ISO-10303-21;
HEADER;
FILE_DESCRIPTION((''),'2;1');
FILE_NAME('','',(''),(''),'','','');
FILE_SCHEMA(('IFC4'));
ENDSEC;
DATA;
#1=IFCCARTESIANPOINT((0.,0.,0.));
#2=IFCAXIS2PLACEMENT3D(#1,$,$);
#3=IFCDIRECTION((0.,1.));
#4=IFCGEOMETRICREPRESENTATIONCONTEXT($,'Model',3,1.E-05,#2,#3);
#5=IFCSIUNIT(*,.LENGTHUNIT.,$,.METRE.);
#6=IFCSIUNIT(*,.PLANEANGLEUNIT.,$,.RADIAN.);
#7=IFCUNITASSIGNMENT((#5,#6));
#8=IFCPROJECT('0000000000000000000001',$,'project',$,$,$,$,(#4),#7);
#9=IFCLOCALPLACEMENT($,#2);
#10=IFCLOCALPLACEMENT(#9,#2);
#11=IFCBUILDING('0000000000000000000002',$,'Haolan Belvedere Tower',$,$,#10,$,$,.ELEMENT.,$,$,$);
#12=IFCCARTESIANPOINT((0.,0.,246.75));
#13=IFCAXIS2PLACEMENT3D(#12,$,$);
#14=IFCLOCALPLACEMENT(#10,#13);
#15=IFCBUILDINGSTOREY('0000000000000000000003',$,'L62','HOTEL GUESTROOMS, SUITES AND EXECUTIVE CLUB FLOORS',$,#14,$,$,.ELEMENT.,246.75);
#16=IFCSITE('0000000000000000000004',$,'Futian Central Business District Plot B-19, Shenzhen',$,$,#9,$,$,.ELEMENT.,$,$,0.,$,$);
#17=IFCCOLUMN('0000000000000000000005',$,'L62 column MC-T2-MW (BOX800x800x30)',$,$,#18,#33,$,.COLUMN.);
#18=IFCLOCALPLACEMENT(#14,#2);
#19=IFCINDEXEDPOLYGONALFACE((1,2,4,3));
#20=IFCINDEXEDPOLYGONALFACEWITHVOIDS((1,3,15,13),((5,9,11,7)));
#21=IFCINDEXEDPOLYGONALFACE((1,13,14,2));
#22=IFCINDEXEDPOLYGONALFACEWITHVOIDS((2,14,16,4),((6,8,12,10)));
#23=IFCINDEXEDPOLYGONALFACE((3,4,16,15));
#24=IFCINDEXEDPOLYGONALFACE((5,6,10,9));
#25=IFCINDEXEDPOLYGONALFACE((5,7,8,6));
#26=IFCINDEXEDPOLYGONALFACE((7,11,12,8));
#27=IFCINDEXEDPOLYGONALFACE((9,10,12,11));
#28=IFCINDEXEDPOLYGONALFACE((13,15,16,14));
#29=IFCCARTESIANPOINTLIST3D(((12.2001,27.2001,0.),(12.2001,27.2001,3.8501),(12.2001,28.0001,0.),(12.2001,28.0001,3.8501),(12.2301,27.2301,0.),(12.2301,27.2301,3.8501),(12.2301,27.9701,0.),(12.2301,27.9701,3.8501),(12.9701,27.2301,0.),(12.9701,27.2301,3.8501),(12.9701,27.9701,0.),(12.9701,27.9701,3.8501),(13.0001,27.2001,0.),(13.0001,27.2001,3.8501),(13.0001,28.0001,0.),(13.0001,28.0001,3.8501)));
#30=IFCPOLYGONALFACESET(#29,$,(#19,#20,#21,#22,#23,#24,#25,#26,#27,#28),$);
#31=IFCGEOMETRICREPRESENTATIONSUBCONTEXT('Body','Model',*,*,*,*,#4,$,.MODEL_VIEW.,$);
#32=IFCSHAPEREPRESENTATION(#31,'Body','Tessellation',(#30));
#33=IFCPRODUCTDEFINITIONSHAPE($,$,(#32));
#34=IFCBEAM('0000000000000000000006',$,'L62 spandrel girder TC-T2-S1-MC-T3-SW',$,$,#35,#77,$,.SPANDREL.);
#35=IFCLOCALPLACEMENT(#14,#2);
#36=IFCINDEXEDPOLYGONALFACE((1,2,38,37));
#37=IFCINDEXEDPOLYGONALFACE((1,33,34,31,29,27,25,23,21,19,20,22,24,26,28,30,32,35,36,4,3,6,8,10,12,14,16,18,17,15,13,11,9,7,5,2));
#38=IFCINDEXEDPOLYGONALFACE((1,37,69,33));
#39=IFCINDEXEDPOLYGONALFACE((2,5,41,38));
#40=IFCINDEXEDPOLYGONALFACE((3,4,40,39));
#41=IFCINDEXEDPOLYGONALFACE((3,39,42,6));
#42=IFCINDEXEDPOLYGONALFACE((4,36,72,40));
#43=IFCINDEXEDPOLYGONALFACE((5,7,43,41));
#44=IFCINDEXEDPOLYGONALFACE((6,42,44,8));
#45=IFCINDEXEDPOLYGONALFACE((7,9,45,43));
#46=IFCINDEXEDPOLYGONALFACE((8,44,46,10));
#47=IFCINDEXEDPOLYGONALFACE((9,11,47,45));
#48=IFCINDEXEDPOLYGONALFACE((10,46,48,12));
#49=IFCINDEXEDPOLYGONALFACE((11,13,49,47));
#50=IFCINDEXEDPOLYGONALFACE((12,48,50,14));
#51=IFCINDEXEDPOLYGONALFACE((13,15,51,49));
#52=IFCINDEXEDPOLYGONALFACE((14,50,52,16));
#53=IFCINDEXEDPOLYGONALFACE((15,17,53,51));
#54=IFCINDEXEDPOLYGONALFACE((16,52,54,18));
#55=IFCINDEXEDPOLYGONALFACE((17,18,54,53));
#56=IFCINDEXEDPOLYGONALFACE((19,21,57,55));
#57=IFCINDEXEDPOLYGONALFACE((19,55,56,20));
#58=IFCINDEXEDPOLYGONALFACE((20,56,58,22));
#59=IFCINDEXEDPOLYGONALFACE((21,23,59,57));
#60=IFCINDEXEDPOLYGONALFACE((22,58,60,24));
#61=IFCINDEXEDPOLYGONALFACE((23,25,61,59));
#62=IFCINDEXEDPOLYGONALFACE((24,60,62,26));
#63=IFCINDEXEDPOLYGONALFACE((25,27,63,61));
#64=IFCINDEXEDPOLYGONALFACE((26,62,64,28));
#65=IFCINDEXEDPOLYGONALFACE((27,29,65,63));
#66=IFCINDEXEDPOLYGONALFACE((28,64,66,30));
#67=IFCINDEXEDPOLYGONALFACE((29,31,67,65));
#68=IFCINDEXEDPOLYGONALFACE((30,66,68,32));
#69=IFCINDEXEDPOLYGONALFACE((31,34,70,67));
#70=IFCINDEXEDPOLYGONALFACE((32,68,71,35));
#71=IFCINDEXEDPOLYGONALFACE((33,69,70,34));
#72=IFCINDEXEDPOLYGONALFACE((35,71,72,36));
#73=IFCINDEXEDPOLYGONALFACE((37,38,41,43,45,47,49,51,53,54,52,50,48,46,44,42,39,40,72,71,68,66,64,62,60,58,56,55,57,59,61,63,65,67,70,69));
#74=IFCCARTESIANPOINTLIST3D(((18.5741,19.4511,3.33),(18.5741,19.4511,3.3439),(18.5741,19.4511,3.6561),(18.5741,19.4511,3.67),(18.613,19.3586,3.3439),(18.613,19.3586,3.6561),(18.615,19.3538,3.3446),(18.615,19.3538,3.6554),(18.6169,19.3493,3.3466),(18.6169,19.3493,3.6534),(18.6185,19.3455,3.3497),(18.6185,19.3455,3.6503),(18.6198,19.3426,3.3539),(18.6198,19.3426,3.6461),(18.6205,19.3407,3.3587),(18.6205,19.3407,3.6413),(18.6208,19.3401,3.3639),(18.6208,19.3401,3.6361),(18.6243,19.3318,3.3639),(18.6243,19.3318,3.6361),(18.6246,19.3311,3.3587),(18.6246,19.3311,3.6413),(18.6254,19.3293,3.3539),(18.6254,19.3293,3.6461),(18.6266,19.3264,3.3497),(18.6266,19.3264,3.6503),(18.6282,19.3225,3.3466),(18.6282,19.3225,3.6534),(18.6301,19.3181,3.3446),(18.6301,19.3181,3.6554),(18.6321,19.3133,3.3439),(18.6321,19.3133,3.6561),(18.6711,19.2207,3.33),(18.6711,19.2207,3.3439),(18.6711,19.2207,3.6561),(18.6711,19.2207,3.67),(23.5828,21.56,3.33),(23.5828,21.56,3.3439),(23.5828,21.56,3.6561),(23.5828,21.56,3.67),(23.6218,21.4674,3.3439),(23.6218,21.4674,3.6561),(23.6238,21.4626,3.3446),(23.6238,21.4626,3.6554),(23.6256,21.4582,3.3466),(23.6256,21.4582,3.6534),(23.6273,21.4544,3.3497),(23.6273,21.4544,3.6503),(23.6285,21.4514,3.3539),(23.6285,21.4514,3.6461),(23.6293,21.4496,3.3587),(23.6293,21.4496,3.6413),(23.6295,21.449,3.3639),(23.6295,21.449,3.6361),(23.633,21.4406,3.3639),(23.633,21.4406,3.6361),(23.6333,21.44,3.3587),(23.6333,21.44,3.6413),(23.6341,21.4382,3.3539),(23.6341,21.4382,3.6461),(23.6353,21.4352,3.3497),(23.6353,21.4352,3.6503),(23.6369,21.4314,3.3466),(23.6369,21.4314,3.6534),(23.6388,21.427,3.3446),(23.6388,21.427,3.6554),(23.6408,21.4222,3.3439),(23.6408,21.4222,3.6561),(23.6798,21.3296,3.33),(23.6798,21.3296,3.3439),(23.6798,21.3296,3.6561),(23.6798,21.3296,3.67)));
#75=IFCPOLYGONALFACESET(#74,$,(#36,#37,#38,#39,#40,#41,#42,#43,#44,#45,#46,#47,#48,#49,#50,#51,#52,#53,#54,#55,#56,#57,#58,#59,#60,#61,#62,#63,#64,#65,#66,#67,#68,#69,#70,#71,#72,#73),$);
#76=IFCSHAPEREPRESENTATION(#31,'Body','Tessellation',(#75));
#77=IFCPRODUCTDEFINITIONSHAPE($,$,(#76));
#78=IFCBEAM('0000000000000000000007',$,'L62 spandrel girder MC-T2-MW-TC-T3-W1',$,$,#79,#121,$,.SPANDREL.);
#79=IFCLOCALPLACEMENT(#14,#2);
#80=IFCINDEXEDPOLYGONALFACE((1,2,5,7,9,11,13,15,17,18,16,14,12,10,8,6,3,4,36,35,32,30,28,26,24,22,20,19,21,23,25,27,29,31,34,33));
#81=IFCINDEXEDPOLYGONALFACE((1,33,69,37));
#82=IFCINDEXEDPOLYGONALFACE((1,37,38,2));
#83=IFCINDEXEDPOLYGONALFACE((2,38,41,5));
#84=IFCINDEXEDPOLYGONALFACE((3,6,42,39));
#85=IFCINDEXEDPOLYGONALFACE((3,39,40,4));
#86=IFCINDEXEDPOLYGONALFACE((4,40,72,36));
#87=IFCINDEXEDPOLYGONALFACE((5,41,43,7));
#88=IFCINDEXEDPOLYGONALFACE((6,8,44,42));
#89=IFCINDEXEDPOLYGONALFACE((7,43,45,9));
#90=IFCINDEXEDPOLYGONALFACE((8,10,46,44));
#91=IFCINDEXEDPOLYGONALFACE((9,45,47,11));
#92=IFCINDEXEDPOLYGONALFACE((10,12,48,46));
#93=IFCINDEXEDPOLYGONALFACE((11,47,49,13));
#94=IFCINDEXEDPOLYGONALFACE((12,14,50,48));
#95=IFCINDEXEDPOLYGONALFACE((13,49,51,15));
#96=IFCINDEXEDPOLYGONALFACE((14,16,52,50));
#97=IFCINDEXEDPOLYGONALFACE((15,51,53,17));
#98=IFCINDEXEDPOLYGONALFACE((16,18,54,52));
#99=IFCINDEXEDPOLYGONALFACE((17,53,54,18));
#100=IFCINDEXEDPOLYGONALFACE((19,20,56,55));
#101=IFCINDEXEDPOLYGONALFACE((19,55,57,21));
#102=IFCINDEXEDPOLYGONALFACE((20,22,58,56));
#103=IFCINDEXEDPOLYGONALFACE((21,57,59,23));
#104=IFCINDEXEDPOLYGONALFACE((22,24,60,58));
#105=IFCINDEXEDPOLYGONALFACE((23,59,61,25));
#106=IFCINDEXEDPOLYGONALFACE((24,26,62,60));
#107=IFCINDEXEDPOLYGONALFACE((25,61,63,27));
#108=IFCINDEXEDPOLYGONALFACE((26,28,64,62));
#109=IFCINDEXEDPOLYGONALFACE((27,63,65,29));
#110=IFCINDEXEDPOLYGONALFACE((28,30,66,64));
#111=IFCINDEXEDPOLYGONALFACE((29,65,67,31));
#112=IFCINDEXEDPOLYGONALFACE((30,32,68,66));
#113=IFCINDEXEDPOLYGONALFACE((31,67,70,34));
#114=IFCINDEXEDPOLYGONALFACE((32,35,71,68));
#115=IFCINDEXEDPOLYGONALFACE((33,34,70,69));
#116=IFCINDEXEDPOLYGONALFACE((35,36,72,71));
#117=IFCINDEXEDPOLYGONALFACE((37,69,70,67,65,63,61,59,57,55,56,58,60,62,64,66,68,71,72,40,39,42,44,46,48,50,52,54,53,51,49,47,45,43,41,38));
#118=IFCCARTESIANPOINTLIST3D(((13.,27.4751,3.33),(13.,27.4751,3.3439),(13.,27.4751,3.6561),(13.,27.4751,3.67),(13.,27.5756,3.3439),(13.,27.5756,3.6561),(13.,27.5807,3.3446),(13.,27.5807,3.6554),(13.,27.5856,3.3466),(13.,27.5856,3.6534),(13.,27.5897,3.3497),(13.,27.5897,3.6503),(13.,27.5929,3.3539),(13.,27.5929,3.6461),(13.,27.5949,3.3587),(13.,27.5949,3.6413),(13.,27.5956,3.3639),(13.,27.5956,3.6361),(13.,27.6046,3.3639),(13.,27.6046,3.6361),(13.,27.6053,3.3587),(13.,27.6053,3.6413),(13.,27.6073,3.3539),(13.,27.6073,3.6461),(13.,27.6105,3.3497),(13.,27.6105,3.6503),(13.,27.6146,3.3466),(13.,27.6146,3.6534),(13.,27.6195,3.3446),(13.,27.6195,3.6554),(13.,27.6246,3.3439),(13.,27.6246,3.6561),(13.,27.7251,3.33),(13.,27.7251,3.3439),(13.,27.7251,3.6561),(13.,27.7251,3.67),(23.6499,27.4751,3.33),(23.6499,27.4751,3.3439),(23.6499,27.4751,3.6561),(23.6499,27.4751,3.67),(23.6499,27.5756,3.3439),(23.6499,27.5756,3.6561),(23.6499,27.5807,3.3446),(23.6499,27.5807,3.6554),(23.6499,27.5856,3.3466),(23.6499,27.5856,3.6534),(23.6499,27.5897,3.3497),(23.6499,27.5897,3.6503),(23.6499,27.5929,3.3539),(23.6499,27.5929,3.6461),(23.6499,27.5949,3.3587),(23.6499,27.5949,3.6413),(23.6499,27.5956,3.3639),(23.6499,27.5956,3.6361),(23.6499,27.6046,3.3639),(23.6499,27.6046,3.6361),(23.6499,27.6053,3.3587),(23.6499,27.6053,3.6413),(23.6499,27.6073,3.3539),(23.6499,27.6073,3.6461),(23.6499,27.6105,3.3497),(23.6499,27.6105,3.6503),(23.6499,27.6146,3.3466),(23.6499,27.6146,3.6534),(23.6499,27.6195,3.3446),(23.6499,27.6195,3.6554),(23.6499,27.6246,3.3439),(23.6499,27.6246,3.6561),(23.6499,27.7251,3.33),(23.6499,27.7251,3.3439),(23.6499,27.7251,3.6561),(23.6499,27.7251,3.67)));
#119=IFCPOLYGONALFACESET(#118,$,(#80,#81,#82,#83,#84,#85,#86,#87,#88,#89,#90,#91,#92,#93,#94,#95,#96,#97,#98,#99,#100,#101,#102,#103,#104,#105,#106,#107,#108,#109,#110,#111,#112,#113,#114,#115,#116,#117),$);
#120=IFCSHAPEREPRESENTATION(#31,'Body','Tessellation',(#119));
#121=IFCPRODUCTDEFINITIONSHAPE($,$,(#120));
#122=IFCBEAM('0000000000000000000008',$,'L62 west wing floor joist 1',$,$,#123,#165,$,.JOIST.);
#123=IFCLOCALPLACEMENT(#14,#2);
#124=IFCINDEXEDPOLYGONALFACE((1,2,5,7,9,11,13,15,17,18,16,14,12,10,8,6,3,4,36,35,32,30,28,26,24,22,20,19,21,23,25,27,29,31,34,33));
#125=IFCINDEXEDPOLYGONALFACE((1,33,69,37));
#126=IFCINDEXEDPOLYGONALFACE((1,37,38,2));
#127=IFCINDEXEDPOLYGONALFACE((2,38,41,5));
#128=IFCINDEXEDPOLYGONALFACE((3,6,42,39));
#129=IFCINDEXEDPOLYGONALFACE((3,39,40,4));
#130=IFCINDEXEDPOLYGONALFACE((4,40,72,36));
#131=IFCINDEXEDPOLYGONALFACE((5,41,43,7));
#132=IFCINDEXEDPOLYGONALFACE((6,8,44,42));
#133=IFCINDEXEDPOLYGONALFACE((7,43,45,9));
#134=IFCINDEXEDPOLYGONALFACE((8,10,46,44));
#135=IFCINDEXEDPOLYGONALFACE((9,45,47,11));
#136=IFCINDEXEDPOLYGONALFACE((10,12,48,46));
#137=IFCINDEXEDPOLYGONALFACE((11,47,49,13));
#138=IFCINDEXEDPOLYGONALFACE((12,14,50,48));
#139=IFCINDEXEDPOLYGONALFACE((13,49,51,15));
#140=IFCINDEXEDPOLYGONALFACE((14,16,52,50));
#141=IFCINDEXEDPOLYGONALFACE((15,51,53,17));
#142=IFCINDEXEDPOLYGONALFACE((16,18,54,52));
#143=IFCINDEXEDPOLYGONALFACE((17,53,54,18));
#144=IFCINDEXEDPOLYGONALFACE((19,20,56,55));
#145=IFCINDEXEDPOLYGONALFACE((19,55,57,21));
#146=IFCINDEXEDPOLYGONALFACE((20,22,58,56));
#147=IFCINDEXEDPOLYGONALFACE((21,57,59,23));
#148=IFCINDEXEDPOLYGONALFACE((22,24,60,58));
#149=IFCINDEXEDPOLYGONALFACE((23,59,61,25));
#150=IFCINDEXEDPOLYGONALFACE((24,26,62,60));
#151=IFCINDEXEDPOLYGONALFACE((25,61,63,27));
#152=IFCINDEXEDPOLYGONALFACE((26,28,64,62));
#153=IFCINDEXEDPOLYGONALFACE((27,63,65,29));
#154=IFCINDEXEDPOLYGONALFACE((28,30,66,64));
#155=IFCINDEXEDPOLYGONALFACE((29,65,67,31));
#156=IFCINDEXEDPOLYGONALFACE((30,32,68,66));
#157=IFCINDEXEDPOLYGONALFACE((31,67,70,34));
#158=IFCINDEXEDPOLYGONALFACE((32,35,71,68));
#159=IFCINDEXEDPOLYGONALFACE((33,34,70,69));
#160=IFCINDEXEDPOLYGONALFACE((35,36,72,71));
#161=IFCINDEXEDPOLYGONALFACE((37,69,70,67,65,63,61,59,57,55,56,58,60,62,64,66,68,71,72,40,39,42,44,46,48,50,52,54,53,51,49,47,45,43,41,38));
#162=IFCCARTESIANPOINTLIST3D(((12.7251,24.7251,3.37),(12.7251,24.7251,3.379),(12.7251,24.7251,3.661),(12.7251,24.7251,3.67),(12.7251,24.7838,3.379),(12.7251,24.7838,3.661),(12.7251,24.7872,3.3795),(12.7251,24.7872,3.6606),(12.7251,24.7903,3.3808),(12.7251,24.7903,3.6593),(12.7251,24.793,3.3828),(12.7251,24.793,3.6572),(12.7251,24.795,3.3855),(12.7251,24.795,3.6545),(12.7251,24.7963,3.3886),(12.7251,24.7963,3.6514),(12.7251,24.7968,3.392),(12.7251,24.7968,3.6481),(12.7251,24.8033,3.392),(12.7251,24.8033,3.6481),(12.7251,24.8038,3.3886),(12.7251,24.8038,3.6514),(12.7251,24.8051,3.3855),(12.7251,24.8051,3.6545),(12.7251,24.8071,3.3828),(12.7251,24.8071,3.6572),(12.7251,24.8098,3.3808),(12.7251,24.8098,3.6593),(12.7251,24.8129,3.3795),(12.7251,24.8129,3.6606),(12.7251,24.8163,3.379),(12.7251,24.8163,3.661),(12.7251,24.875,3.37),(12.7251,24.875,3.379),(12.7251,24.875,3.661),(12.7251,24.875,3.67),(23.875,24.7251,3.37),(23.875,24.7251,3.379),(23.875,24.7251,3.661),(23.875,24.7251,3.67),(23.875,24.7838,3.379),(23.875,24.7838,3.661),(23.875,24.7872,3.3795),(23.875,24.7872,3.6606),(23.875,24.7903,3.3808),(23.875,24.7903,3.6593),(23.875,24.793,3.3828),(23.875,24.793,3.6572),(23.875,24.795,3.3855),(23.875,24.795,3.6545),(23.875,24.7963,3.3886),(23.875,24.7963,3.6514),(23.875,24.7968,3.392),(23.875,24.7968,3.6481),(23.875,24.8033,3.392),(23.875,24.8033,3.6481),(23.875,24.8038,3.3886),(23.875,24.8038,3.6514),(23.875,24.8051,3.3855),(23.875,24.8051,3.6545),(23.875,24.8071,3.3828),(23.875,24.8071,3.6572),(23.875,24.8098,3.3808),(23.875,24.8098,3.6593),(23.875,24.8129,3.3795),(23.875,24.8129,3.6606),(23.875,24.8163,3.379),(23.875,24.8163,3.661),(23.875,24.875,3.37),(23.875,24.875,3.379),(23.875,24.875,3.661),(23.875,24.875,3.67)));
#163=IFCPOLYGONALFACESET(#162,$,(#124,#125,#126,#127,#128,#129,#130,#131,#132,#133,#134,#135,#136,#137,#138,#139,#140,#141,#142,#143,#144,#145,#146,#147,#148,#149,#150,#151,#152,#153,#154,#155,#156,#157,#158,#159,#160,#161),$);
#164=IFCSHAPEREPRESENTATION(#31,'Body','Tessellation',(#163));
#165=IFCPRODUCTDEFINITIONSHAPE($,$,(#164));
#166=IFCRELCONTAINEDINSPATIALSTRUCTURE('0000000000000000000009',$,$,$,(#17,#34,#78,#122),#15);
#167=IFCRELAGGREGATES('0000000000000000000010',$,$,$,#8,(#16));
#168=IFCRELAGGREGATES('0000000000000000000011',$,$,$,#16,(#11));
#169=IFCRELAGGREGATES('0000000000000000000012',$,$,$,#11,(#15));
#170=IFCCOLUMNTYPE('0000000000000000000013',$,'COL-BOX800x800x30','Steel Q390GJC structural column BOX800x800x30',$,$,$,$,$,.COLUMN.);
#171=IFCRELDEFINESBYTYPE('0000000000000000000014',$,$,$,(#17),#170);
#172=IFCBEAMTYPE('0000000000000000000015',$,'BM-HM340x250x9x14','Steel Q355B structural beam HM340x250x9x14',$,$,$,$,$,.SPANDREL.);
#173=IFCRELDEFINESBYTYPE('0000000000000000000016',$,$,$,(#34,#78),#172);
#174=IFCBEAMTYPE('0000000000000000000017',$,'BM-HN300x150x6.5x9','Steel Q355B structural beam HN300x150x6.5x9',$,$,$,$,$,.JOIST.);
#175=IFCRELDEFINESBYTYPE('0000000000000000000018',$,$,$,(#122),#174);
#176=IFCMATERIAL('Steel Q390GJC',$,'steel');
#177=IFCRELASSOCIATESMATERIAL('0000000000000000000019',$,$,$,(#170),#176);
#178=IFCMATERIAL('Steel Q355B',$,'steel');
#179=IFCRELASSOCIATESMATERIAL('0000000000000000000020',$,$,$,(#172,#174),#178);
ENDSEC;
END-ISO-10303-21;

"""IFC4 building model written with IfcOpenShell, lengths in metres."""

from ifc_helpers import new_model, si_unit, direction, frame, origin, origin_2d, place, context, subcontext, project, spatial, hollow_rectangle, i_section, extrude, material, material_profile, profile_set, type_object, element, save


model = new_model("IFC4")

# Units and contexts
model_context = context("Model", 3, precision=1e-05, world=origin(), true_north=direction((0.0, 1.0)))
body_context = subcontext(model_context, "Body", "Model", "MODEL_VIEW")
ifc_project = project(units=[si_unit("LENGTHUNIT", "METRE"), si_unit("PLANEANGLEUNIT", "RADIAN")], contexts=[model_context])

# Site, building, storey
site_placement = place(None, origin())
site = spatial("IfcSite", under=ifc_project, at=site_placement, Name="Futian Central Business District Plot B-19, Shenzhen", CompositionType="ELEMENT", RefElevation=0.0)
building_placement = place(site_placement, origin())
building = spatial("IfcBuilding", under=site, at=building_placement, Name="Haolan Belvedere Tower", CompositionType="ELEMENT")
storey_placement = place(building_placement, frame((0.0, 0.0, 246.75)))
storey = spatial("IfcBuildingStorey", under=building, at=storey_placement, Name="L62", Description="HOTEL GUESTROOMS, SUITES AND EXECUTIVE CLUB FLOORS", CompositionType="ELEMENT", Elevation=246.75)

# Column
ifc_material_1 = material(Name="Steel Q390GJC", Category="steel")
ifc_material_profile_1 = material_profile(ifc_material_1, hollow_rectangle(XDim=0.8, YDim=0.8, WallThickness=0.03, at=origin_2d()), Name="Steel Q390GJC")
ifc_profile_set_1 = profile_set([ifc_material_profile_1], Name="Steel Q390GJC")
column_type = type_object("IfcColumnType", Name="COL-BOX800x800x30", Description="Steel Q390GJC structural column BOX800x800x30", PredefinedType="COLUMN", material=ifc_profile_set_1)
column_placement = place(storey_placement, frame((12.6001, 27.6001, 0.0), z_axis=(0.0, 0.0, 1.0), x_axis=(1.0, 0.0, 0.0)))
element("IfcColumn", 1, at=column_placement, inside=storey, type_object=column_type, Name="L62 column MC-T2-MW (BOX800x800x30)", PredefinedType="COLUMN", context=body_context, shape_type="SweptSolid", body=[
    extrude(hollow_rectangle(XDim=0.8, YDim=0.8, WallThickness=0.03, at=origin_2d()), origin(), (0.0, 0.0, 1.0), 3.8501),
])

# Beams
ifc_material_2 = material(Name="Steel Q355B", Category="steel")
ifc_material_profile_2 = material_profile(ifc_material_2, i_section(OverallWidth=0.25, OverallDepth=0.3401, WebThickness=0.009, FlangeThickness=0.0139, FilletRadius=0.02, at=origin_2d()), Name="Steel Q355B")
ifc_profile_set_2 = profile_set([ifc_material_profile_2], Name="Steel Q355B")
beam_type_1 = type_object("IfcBeamType", Name="BM-HM340x250x9x14", Description="Steel Q355B structural beam HM340x250x9x14", PredefinedType="SPANDREL", material=ifc_profile_set_2)
beam_1_placement = place(storey_placement, frame((18.6226, 19.3359, 3.5), z_axis=(0.92164, 0.388045, 0.0), x_axis=(-0.388045, 0.92164, 0.0)))
element("IfcBeam", 2, at=beam_1_placement, inside=storey, type_object=beam_type_1, Name="L62 spandrel girder TC-T2-S1-MC-T3-SW", PredefinedType="SPANDREL", context=body_context, shape_type="SweptSolid", body=[
    extrude(i_section(OverallWidth=0.25, OverallDepth=0.3401, WebThickness=0.009, FlangeThickness=0.0139, FilletRadius=0.02, at=origin_2d()), origin(), (0.0, 0.0, 1.0), 5.4346),
])
beam_2_placement = place(storey_placement, frame((13.0, 27.6001, 3.5), z_axis=(1.0, 0.0, 0.0), x_axis=(0.0, 1.0, 0.0)))
element("IfcBeam", 3, at=beam_2_placement, inside=storey, type_object=beam_type_1, Name="L62 spandrel girder MC-T2-MW-TC-T3-W1", PredefinedType="SPANDREL", context=body_context, shape_type="SweptSolid", body=[
    extrude(i_section(OverallWidth=0.25, OverallDepth=0.3401, WebThickness=0.009, FlangeThickness=0.0139, FilletRadius=0.02, at=origin_2d()), origin(), (0.0, 0.0, 1.0), 10.6499),
])
ifc_material_profile_3 = material_profile(ifc_material_2, i_section(OverallWidth=0.1499, OverallDepth=0.3, WebThickness=0.0066, FlangeThickness=0.009, FilletRadius=0.0129, at=origin_2d()), Name="Steel Q355B")
ifc_profile_set_3 = profile_set([ifc_material_profile_3], Name="Steel Q355B")
beam_type_2 = type_object("IfcBeamType", Name="BM-HN300x150x6.5x9", Description="Steel Q355B structural beam HN300x150x6.5x9", PredefinedType="JOIST", material=ifc_profile_set_3)
beam_3_placement = place(storey_placement, frame((12.7251, 24.8, 3.52), z_axis=(1.0, 0.0, 0.0), x_axis=(0.0, 1.0, 0.0)))
element("IfcBeam", 4, at=beam_3_placement, inside=storey, type_object=beam_type_2, Name="L62 west wing floor joist 1", PredefinedType="JOIST", context=body_context, shape_type="SweptSolid", body=[
    extrude(i_section(OverallWidth=0.1499, OverallDepth=0.3, WebThickness=0.0066, FlangeThickness=0.009, FilletRadius=0.0129, at=origin_2d()), origin(), (0.0, 0.0, 1.0), 11.1499),
])

save(model, "model.ifc")
